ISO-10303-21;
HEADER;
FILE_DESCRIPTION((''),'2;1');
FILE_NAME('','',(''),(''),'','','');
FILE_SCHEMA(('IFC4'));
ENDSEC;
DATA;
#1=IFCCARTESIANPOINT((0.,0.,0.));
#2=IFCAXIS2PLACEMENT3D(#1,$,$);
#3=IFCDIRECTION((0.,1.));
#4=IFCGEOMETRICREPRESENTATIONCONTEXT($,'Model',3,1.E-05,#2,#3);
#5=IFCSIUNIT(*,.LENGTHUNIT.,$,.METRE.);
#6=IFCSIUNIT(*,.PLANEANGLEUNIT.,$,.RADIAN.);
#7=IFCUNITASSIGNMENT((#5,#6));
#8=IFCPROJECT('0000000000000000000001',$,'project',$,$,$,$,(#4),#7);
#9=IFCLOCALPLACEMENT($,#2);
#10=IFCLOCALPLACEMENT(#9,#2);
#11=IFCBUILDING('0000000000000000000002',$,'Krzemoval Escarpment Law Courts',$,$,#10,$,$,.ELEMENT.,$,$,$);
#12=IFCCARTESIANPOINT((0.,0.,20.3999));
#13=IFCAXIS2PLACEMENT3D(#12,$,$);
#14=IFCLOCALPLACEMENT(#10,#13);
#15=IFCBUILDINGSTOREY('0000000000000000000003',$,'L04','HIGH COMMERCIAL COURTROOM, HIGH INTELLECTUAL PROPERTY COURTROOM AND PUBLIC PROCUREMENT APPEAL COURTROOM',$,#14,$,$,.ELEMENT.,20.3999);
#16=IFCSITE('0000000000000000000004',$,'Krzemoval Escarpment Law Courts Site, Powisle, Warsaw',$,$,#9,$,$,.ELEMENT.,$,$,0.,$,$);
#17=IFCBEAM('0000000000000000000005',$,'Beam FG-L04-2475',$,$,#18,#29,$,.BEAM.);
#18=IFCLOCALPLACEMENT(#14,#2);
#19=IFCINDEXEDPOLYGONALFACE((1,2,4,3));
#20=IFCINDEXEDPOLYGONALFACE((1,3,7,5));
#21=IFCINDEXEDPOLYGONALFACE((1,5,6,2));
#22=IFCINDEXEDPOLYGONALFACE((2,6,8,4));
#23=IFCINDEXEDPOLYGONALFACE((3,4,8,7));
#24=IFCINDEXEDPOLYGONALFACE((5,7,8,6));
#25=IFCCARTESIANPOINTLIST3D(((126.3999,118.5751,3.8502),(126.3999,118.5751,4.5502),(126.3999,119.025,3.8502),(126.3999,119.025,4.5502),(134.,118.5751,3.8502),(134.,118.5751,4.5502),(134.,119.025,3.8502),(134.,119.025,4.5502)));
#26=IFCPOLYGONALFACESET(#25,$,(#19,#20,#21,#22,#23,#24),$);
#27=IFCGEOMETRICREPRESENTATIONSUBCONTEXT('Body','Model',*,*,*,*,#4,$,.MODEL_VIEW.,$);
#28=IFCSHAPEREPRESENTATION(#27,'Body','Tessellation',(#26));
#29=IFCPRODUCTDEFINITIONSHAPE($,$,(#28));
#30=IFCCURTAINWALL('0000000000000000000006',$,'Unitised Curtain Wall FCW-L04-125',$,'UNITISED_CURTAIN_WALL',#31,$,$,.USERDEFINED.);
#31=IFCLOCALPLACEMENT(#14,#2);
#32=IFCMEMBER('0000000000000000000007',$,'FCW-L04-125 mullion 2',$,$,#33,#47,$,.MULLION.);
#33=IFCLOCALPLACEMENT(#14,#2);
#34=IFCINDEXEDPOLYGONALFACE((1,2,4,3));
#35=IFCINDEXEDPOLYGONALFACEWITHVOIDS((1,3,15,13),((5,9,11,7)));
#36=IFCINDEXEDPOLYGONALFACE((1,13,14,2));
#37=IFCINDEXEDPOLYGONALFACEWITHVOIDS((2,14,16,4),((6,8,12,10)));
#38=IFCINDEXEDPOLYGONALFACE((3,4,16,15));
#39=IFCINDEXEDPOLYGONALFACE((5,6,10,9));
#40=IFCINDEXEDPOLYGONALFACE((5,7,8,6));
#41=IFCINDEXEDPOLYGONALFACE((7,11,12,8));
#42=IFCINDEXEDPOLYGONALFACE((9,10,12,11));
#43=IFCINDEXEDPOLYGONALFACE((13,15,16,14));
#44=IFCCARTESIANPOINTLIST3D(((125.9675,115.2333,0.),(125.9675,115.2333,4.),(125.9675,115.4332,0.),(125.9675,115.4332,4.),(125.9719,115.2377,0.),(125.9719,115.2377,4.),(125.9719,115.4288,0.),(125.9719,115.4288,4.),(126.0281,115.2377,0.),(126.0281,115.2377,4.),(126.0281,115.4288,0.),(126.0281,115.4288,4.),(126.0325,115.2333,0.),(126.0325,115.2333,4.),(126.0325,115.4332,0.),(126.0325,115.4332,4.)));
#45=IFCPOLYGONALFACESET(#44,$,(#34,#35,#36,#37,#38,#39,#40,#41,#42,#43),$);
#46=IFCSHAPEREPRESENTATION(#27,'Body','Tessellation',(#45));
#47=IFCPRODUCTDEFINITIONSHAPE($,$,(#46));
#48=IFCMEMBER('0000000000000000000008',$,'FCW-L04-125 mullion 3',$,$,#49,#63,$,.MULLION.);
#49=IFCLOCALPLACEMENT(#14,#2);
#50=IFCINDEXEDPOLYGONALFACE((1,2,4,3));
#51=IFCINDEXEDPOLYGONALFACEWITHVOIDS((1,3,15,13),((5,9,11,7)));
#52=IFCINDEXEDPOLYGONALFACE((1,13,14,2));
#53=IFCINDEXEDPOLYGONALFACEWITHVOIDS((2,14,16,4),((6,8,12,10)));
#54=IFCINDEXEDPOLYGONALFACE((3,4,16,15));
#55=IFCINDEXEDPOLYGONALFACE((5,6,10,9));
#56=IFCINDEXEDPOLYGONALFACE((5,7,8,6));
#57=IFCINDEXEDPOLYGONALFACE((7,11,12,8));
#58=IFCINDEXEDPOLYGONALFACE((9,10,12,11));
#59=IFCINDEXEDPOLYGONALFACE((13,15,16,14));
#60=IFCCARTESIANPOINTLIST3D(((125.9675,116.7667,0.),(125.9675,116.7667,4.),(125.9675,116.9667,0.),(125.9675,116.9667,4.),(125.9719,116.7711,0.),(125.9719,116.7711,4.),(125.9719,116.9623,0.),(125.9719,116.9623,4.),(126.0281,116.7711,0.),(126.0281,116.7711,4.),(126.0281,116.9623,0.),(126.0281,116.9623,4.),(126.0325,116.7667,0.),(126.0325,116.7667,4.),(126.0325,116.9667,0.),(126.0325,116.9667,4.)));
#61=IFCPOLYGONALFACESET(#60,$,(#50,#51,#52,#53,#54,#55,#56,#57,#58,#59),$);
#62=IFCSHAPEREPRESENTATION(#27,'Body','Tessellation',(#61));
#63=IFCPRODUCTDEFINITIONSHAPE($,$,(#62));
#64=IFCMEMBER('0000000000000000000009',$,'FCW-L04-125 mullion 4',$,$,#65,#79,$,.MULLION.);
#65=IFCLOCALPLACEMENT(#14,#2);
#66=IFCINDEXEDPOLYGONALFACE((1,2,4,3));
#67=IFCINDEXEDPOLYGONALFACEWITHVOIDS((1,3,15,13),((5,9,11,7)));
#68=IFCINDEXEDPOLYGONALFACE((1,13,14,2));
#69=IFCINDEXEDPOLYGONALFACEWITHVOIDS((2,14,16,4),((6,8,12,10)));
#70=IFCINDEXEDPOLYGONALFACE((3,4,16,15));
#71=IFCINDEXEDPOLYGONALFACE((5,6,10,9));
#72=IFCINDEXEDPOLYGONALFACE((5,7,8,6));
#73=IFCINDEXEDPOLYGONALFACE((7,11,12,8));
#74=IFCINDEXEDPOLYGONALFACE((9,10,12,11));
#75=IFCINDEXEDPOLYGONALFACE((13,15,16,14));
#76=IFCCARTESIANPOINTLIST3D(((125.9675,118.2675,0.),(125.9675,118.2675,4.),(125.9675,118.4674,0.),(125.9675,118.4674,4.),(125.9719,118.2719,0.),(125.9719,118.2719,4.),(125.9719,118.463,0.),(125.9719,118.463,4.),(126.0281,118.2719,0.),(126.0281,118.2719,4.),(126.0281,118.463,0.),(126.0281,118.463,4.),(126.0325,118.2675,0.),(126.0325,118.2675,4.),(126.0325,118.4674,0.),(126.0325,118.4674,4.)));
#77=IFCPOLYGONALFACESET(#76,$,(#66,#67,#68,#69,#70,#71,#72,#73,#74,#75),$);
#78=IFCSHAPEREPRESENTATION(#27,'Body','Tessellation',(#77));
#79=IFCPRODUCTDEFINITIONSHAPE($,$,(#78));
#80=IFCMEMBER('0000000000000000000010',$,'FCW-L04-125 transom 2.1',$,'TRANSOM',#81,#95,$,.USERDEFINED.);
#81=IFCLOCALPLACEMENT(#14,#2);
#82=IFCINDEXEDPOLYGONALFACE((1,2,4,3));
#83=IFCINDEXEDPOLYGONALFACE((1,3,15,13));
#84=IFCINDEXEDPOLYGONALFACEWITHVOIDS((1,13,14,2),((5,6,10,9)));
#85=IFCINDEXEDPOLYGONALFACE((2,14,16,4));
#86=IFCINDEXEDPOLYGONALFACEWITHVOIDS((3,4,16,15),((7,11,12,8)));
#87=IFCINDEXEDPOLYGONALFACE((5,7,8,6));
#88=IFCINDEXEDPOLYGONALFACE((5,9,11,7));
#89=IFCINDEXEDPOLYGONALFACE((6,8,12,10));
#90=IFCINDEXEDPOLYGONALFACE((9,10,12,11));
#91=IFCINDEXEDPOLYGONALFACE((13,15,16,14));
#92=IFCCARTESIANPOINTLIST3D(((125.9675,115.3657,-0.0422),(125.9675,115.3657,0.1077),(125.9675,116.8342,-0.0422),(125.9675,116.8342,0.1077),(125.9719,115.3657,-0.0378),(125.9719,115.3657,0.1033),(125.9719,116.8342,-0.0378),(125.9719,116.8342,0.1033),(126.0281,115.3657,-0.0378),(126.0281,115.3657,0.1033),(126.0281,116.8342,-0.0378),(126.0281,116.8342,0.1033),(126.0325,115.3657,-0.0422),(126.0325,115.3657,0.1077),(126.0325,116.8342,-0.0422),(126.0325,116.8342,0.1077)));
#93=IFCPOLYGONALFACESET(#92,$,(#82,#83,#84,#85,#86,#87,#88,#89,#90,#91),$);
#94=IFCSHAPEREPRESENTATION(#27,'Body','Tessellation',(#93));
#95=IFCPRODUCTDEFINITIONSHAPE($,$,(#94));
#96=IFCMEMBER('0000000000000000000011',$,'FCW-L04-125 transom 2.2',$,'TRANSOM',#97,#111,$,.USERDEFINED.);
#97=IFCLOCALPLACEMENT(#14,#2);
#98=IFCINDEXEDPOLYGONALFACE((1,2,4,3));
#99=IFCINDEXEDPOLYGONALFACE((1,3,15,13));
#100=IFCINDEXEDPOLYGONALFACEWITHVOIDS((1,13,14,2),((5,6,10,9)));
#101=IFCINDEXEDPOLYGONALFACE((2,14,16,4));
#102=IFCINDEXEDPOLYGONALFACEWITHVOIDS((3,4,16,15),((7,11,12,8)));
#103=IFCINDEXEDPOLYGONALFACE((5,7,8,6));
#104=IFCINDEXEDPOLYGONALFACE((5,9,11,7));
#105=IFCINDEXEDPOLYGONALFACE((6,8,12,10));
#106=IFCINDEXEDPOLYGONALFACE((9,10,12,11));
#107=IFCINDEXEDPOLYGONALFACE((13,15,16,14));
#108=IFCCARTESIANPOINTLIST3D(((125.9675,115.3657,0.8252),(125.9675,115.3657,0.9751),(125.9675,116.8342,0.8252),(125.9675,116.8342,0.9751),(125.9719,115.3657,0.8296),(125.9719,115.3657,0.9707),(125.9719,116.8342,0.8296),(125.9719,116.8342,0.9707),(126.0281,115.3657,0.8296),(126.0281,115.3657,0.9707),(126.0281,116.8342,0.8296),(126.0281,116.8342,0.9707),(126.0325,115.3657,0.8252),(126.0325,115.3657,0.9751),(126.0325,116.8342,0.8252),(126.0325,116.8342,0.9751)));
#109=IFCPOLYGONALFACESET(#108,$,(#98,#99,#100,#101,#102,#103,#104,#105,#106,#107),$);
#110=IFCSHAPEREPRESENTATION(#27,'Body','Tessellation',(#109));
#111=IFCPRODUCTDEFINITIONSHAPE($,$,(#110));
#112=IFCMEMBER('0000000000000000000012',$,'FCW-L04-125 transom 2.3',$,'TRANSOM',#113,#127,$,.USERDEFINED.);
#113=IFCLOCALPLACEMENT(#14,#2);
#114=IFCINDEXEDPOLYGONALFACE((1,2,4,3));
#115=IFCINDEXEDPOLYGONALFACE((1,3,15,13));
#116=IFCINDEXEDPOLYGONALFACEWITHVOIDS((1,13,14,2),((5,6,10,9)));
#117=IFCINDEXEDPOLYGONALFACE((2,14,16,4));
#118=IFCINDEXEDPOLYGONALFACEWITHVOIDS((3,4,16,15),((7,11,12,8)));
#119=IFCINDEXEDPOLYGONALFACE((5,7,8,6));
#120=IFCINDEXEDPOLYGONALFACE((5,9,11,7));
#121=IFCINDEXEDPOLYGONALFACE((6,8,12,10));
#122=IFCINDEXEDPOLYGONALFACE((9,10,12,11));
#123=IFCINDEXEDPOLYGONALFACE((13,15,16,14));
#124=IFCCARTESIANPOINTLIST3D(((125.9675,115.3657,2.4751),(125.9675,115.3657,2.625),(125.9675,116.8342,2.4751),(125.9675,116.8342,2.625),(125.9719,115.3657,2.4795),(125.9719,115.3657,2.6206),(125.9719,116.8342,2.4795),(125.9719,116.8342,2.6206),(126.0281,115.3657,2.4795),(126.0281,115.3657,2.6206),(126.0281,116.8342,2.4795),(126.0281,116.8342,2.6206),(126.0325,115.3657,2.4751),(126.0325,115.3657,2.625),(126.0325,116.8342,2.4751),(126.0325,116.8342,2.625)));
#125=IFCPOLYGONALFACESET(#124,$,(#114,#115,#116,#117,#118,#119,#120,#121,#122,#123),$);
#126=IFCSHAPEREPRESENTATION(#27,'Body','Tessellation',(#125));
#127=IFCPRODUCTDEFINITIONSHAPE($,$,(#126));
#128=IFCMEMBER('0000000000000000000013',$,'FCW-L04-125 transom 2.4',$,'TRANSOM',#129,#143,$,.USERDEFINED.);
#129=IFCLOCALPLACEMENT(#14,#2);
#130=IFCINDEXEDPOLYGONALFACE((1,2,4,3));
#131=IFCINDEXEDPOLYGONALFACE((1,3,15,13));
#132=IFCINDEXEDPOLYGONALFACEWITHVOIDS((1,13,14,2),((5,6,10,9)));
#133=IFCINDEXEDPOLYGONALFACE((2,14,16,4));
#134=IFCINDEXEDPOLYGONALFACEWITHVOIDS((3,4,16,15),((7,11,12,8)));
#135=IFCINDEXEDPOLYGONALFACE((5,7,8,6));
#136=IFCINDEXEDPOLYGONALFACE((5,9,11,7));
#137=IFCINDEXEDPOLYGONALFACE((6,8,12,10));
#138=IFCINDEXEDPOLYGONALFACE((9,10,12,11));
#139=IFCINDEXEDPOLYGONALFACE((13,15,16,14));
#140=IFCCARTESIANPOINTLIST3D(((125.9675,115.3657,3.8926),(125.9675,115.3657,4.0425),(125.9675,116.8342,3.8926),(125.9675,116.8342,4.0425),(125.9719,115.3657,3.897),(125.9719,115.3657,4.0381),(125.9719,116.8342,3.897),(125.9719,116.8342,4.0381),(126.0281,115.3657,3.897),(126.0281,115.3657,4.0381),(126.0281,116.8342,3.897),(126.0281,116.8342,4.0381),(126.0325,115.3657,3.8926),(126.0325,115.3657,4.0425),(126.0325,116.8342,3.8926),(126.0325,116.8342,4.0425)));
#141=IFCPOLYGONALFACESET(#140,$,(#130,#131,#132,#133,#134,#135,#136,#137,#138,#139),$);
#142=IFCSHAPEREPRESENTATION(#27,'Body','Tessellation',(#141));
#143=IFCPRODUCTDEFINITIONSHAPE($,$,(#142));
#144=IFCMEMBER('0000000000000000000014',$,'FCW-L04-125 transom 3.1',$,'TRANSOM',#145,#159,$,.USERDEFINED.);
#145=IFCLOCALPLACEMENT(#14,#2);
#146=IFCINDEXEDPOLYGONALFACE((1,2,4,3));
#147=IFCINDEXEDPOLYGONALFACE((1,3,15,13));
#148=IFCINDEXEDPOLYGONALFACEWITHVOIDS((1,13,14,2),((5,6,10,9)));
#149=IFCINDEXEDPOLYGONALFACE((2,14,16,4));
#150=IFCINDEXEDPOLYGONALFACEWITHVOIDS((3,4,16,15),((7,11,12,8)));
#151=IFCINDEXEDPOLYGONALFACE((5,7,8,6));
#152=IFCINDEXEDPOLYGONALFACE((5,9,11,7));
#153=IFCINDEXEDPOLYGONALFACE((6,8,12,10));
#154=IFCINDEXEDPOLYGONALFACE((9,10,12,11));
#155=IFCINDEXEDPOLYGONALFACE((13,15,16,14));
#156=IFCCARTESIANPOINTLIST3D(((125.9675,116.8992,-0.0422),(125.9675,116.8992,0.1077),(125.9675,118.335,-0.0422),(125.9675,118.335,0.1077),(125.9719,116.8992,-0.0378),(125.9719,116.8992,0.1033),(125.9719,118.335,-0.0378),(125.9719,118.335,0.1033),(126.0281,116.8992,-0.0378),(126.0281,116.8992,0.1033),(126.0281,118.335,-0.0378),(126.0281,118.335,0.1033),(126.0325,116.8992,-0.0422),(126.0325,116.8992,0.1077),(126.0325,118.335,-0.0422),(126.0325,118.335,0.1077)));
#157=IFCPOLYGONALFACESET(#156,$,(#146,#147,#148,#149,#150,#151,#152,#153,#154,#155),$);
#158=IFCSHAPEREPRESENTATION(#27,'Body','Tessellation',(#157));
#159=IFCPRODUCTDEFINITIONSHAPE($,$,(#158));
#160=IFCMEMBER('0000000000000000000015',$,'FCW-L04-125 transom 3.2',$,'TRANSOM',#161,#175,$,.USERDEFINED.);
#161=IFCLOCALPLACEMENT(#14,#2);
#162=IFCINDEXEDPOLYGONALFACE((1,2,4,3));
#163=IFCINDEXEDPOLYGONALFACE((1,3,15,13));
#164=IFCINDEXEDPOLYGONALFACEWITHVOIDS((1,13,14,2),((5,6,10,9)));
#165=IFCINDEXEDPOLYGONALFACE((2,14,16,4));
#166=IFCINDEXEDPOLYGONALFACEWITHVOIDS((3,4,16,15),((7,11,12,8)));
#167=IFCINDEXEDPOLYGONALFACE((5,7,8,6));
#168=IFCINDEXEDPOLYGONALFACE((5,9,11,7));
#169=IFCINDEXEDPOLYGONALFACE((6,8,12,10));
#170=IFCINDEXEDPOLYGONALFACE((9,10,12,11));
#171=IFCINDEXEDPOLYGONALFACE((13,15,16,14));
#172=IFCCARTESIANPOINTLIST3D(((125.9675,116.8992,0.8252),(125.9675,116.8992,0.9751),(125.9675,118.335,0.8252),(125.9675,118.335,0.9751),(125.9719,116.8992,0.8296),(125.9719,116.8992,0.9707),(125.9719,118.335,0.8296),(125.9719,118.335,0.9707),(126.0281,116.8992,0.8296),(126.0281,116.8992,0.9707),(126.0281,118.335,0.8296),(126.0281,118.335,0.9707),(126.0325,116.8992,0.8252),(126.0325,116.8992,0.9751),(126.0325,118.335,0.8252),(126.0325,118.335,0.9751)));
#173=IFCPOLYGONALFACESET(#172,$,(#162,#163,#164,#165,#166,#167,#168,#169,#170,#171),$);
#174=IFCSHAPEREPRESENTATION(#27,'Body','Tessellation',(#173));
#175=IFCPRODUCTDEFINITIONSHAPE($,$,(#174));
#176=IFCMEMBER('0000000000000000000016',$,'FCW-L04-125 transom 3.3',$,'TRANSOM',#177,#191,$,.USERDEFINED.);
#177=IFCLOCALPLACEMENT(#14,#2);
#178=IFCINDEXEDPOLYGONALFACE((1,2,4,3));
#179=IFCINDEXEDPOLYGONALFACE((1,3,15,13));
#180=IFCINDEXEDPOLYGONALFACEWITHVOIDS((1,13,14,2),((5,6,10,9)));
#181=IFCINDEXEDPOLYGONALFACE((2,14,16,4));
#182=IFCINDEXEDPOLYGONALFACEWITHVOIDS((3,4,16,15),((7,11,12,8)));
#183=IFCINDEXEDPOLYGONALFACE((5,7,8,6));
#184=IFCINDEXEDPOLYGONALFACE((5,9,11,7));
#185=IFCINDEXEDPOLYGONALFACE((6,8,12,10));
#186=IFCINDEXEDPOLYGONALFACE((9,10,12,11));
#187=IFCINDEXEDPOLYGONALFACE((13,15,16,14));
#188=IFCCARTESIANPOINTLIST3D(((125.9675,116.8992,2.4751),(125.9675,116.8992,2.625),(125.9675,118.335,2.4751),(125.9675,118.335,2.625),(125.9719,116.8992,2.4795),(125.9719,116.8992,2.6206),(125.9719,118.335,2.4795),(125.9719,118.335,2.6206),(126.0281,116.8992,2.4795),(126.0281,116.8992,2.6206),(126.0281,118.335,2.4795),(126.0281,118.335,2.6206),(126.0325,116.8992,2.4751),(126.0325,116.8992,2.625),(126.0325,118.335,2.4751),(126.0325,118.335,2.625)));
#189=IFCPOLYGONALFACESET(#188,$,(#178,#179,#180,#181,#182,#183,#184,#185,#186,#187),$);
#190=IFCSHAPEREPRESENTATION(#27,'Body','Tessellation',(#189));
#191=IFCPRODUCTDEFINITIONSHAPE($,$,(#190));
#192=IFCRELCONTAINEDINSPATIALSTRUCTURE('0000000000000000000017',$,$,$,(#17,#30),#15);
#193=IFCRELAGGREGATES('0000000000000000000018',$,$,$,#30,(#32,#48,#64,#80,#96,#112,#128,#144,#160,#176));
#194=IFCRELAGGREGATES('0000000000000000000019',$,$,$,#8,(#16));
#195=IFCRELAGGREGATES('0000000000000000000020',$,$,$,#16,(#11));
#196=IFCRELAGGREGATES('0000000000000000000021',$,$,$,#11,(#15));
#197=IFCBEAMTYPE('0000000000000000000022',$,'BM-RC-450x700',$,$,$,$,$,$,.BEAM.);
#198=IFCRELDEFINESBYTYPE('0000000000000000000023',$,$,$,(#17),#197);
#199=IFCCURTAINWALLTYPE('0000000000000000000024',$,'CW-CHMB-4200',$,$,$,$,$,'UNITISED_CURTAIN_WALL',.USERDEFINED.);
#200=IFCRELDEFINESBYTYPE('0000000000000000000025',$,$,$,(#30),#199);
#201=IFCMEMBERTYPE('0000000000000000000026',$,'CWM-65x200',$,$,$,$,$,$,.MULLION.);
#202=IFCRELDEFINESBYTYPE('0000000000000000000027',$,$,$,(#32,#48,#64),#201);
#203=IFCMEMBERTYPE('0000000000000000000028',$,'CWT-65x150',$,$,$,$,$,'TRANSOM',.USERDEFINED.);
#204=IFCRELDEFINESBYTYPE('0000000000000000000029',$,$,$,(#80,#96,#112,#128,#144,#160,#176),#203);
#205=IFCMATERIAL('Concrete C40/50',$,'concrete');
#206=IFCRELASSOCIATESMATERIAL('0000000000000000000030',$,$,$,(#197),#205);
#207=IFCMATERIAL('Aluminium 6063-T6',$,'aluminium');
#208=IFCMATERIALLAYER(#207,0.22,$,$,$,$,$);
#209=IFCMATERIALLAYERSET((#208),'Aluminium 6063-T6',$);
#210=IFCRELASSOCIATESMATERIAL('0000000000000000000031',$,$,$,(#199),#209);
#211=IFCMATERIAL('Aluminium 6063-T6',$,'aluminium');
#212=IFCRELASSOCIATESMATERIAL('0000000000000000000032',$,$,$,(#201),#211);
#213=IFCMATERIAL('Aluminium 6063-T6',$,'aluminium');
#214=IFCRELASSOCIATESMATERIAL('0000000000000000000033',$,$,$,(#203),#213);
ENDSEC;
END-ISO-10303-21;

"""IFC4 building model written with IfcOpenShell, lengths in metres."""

from ifc_helpers import new_model, si_unit, direction, frame, origin, origin_2d, place, context, subcontext, project, spatial, rectangle, hollow_rectangle, extrude, material, layer, layer_set, material_profile, profile_set, type_object, element, aggregate, save


model = new_model("IFC4")

# Units and contexts
model_context = context("Model", 3, precision=1e-05, world=origin(), true_north=direction((0.0, 1.0)))
body_context = subcontext(model_context, "Body", "Model", "MODEL_VIEW")
ifc_project = project(units=[si_unit("LENGTHUNIT", "METRE"), si_unit("PLANEANGLEUNIT", "RADIAN")], contexts=[model_context])

# Site, building, storey
site_placement = place(None, origin())
site = spatial("IfcSite", under=ifc_project, at=site_placement, Name="Krzemoval Escarpment Law Courts Site, Powisle, Warsaw", CompositionType="ELEMENT", RefElevation=0.0)
building_placement = place(site_placement, origin())
building = spatial("IfcBuilding", under=site, at=building_placement, Name="Krzemoval Escarpment Law Courts", CompositionType="ELEMENT")
storey_placement = place(building_placement, frame((0.0, 0.0, 20.3999)))
storey = spatial("IfcBuildingStorey", under=building, at=storey_placement, Name="L04", Description="HIGH COMMERCIAL COURTROOM, HIGH INTELLECTUAL PROPERTY COURTROOM AND PUBLIC PROCUREMENT APPEAL COURTROOM", CompositionType="ELEMENT", Elevation=20.3999)

# Beam
ifc_material_1 = material(Name="Concrete C40/50", Category="concrete")
ifc_material_profile_1 = material_profile(ifc_material_1, rectangle(XDim=0.45, YDim=0.7, at=origin_2d()), Name="RCB 450x700")
ifc_profile_set_1 = profile_set([ifc_material_profile_1], Name="Concrete C40/50")
beam_type = type_object("IfcBeamType", Name="BM-RC-450x700", PredefinedType="BEAM", material=ifc_profile_set_1)
beam_placement = place(storey_placement, frame((126.3999, 118.8, 4.2002), z_axis=(1.0, 0.0, 0.0), x_axis=(0.0, 1.0, 0.0)))
element("IfcBeam", 1, at=beam_placement, inside=storey, type_object=beam_type, Name="Beam FG-L04-2475", PredefinedType="BEAM", context=body_context, shape_type="SweptSolid", body=[
    extrude(rectangle(XDim=0.45, YDim=0.7, at=origin_2d()), origin(), (0.0, 0.0, 1.0), 7.6001),
])

# Curtain wall, members
ifc_material_2 = material(Name="Aluminium 6063-T6", Category="aluminium")
ifc_layer_1 = layer(ifc_material_2, 0.22)
ifc_layer_set_1 = layer_set([ifc_layer_1], Name="Aluminium 6063-T6")
curtain_wall_type = type_object("IfcCurtainWallType", Name="CW-CHMB-4200", ElementType="UNITISED_CURTAIN_WALL", PredefinedType="USERDEFINED", material=ifc_layer_set_1)
curtain_wall_placement = place(storey_placement, origin())
curtain_wall = element("IfcCurtainWall", 2, at=curtain_wall_placement, inside=storey, type_object=curtain_wall_type, Name="Unitised Curtain Wall FCW-L04-125", ObjectType="UNITISED_CURTAIN_WALL", PredefinedType="USERDEFINED")
ifc_material_3 = material(Name="Aluminium 6063-T6", Category="aluminium")
ifc_material_profile_2 = material_profile(ifc_material_3, hollow_rectangle(XDim=0.0649, YDim=0.2, WallThickness=0.0044, at=origin_2d()), Name="ALU M65x200")
ifc_profile_set_2 = profile_set([ifc_material_profile_2], Name="Aluminium 6063-T6")
member_type_1 = type_object("IfcMemberType", Name="CWM-65x200", PredefinedType="MULLION", material=ifc_profile_set_2)
member_1_placement = place(storey_placement, frame((126.0, 115.3333, 0.0), z_axis=(0.0, 0.0, 1.0), x_axis=(-1.0, 0.0, 0.0)))
member_1 = element("IfcMember", 3, at=member_1_placement, type_object=member_type_1, Name="FCW-L04-125 mullion 2", PredefinedType="MULLION", context=body_context, shape_type="SweptSolid", body=[
    extrude(hollow_rectangle(XDim=0.0649, YDim=0.2, WallThickness=0.0044, at=origin_2d()), origin(), (0.0, 0.0, 1.0), 4.0),
])
member_2_placement = place(storey_placement, frame((126.0, 116.8667, 0.0), z_axis=(0.0, 0.0, 1.0), x_axis=(-1.0, 0.0, 0.0)))
member_2 = element("IfcMember", 4, at=member_2_placement, type_object=member_type_1, Name="FCW-L04-125 mullion 3", PredefinedType="MULLION", context=body_context, shape_type="SweptSolid", body=[
    extrude(hollow_rectangle(XDim=0.0649, YDim=0.2, WallThickness=0.0044, at=origin_2d()), origin(), (0.0, 0.0, 1.0), 4.0),
])
member_3_placement = place(storey_placement, frame((126.0, 118.3674, 0.0), z_axis=(0.0, 0.0, 1.0), x_axis=(-1.0, 0.0, 0.0)))
member_3 = element("IfcMember", 5, at=member_3_placement, type_object=member_type_1, Name="FCW-L04-125 mullion 4", PredefinedType="MULLION", context=body_context, shape_type="SweptSolid", body=[
    extrude(hollow_rectangle(XDim=0.0649, YDim=0.2, WallThickness=0.0044, at=origin_2d()), origin(), (0.0, 0.0, 1.0), 4.0),
])
ifc_material_4 = material(Name="Aluminium 6063-T6", Category="aluminium")
ifc_material_profile_3 = material_profile(ifc_material_4, hollow_rectangle(XDim=0.0649, YDim=0.1499, WallThickness=0.0044, at=origin_2d()), Name="ALU T65x150")
ifc_profile_set_3 = profile_set([ifc_material_profile_3], Name="Aluminium 6063-T6")
member_type_2 = type_object("IfcMemberType", Name="CWT-65x150", ElementType="TRANSOM", PredefinedType="USERDEFINED", material=ifc_profile_set_3)
member_4_placement = place(storey_placement, frame((126.0, 115.3657, 0.0327), z_axis=(0.0, 1.0, 0.0), x_axis=(-1.0, 0.0, 0.0)))
member_4 = element("IfcMember", 6, at=member_4_placement, type_object=member_type_2, Name="FCW-L04-125 transom 2.1", ObjectType="TRANSOM", PredefinedType="USERDEFINED", context=body_context, shape_type="SweptSolid", body=[
    extrude(hollow_rectangle(XDim=0.0649, YDim=0.1499, WallThickness=0.0044, at=origin_2d()), origin(), (0.0, 0.0, 1.0), 1.4685),
])
member_5_placement = place(storey_placement, frame((126.0, 115.3657, 0.9001), z_axis=(0.0, 1.0, 0.0), x_axis=(-1.0, 0.0, 0.0)))
member_5 = element("IfcMember", 7, at=member_5_placement, type_object=member_type_2, Name="FCW-L04-125 transom 2.2", ObjectType="TRANSOM", PredefinedType="USERDEFINED", context=body_context, shape_type="SweptSolid", body=[
    extrude(hollow_rectangle(XDim=0.0649, YDim=0.1499, WallThickness=0.0044, at=origin_2d()), origin(), (0.0, 0.0, 1.0), 1.4685),
])
member_6_placement = place(storey_placement, frame((126.0, 115.3657, 2.55), z_axis=(0.0, 1.0, 0.0), x_axis=(-1.0, 0.0, 0.0)))
member_6 = element("IfcMember", 8, at=member_6_placement, type_object=member_type_2, Name="FCW-L04-125 transom 2.3", ObjectType="TRANSOM", PredefinedType="USERDEFINED", context=body_context, shape_type="SweptSolid", body=[
    extrude(hollow_rectangle(XDim=0.0649, YDim=0.1499, WallThickness=0.0044, at=origin_2d()), origin(), (0.0, 0.0, 1.0), 1.4685),
])
member_7_placement = place(storey_placement, frame((126.0, 115.3657, 3.9675), z_axis=(0.0, 1.0, 0.0), x_axis=(-1.0, 0.0, 0.0)))
member_7 = element("IfcMember", 9, at=member_7_placement, type_object=member_type_2, Name="FCW-L04-125 transom 2.4", ObjectType="TRANSOM", PredefinedType="USERDEFINED", context=body_context, shape_type="SweptSolid", body=[
    extrude(hollow_rectangle(XDim=0.0649, YDim=0.1499, WallThickness=0.0044, at=origin_2d()), origin(), (0.0, 0.0, 1.0), 1.4685),
])
member_8_placement = place(storey_placement, frame((126.0, 116.8992, 0.0327), z_axis=(0.0, 1.0, 0.0), x_axis=(-1.0, 0.0, 0.0)))
member_8 = element("IfcMember", 10, at=member_8_placement, type_object=member_type_2, Name="FCW-L04-125 transom 3.1", ObjectType="TRANSOM", PredefinedType="USERDEFINED", context=body_context, shape_type="SweptSolid", body=[
    extrude(hollow_rectangle(XDim=0.0649, YDim=0.1499, WallThickness=0.0044, at=origin_2d()), origin(), (0.0, 0.0, 1.0), 1.4358),
])
member_9_placement = place(storey_placement, frame((126.0, 116.8992, 0.9001), z_axis=(0.0, 1.0, 0.0), x_axis=(-1.0, 0.0, 0.0)))
member_9 = element("IfcMember", 11, at=member_9_placement, type_object=member_type_2, Name="FCW-L04-125 transom 3.2", ObjectType="TRANSOM", PredefinedType="USERDEFINED", context=body_context, shape_type="SweptSolid", body=[
    extrude(hollow_rectangle(XDim=0.0649, YDim=0.1499, WallThickness=0.0044, at=origin_2d()), origin(), (0.0, 0.0, 1.0), 1.4358),
])
member_10_placement = place(storey_placement, frame((126.0, 116.8992, 2.55), z_axis=(0.0, 1.0, 0.0), x_axis=(-1.0, 0.0, 0.0)))
member_10 = element("IfcMember", 12, at=member_10_placement, type_object=member_type_2, Name="FCW-L04-125 transom 3.3", ObjectType="TRANSOM", PredefinedType="USERDEFINED", context=body_context, shape_type="SweptSolid", body=[
    extrude(hollow_rectangle(XDim=0.0649, YDim=0.1499, WallThickness=0.0044, at=origin_2d()), origin(), (0.0, 0.0, 1.0), 1.4358),
])

aggregate(curtain_wall, [member_1, member_2, member_3, member_4, member_5, member_6, member_7, member_8, member_9, member_10])

save(model, "model.ifc")
